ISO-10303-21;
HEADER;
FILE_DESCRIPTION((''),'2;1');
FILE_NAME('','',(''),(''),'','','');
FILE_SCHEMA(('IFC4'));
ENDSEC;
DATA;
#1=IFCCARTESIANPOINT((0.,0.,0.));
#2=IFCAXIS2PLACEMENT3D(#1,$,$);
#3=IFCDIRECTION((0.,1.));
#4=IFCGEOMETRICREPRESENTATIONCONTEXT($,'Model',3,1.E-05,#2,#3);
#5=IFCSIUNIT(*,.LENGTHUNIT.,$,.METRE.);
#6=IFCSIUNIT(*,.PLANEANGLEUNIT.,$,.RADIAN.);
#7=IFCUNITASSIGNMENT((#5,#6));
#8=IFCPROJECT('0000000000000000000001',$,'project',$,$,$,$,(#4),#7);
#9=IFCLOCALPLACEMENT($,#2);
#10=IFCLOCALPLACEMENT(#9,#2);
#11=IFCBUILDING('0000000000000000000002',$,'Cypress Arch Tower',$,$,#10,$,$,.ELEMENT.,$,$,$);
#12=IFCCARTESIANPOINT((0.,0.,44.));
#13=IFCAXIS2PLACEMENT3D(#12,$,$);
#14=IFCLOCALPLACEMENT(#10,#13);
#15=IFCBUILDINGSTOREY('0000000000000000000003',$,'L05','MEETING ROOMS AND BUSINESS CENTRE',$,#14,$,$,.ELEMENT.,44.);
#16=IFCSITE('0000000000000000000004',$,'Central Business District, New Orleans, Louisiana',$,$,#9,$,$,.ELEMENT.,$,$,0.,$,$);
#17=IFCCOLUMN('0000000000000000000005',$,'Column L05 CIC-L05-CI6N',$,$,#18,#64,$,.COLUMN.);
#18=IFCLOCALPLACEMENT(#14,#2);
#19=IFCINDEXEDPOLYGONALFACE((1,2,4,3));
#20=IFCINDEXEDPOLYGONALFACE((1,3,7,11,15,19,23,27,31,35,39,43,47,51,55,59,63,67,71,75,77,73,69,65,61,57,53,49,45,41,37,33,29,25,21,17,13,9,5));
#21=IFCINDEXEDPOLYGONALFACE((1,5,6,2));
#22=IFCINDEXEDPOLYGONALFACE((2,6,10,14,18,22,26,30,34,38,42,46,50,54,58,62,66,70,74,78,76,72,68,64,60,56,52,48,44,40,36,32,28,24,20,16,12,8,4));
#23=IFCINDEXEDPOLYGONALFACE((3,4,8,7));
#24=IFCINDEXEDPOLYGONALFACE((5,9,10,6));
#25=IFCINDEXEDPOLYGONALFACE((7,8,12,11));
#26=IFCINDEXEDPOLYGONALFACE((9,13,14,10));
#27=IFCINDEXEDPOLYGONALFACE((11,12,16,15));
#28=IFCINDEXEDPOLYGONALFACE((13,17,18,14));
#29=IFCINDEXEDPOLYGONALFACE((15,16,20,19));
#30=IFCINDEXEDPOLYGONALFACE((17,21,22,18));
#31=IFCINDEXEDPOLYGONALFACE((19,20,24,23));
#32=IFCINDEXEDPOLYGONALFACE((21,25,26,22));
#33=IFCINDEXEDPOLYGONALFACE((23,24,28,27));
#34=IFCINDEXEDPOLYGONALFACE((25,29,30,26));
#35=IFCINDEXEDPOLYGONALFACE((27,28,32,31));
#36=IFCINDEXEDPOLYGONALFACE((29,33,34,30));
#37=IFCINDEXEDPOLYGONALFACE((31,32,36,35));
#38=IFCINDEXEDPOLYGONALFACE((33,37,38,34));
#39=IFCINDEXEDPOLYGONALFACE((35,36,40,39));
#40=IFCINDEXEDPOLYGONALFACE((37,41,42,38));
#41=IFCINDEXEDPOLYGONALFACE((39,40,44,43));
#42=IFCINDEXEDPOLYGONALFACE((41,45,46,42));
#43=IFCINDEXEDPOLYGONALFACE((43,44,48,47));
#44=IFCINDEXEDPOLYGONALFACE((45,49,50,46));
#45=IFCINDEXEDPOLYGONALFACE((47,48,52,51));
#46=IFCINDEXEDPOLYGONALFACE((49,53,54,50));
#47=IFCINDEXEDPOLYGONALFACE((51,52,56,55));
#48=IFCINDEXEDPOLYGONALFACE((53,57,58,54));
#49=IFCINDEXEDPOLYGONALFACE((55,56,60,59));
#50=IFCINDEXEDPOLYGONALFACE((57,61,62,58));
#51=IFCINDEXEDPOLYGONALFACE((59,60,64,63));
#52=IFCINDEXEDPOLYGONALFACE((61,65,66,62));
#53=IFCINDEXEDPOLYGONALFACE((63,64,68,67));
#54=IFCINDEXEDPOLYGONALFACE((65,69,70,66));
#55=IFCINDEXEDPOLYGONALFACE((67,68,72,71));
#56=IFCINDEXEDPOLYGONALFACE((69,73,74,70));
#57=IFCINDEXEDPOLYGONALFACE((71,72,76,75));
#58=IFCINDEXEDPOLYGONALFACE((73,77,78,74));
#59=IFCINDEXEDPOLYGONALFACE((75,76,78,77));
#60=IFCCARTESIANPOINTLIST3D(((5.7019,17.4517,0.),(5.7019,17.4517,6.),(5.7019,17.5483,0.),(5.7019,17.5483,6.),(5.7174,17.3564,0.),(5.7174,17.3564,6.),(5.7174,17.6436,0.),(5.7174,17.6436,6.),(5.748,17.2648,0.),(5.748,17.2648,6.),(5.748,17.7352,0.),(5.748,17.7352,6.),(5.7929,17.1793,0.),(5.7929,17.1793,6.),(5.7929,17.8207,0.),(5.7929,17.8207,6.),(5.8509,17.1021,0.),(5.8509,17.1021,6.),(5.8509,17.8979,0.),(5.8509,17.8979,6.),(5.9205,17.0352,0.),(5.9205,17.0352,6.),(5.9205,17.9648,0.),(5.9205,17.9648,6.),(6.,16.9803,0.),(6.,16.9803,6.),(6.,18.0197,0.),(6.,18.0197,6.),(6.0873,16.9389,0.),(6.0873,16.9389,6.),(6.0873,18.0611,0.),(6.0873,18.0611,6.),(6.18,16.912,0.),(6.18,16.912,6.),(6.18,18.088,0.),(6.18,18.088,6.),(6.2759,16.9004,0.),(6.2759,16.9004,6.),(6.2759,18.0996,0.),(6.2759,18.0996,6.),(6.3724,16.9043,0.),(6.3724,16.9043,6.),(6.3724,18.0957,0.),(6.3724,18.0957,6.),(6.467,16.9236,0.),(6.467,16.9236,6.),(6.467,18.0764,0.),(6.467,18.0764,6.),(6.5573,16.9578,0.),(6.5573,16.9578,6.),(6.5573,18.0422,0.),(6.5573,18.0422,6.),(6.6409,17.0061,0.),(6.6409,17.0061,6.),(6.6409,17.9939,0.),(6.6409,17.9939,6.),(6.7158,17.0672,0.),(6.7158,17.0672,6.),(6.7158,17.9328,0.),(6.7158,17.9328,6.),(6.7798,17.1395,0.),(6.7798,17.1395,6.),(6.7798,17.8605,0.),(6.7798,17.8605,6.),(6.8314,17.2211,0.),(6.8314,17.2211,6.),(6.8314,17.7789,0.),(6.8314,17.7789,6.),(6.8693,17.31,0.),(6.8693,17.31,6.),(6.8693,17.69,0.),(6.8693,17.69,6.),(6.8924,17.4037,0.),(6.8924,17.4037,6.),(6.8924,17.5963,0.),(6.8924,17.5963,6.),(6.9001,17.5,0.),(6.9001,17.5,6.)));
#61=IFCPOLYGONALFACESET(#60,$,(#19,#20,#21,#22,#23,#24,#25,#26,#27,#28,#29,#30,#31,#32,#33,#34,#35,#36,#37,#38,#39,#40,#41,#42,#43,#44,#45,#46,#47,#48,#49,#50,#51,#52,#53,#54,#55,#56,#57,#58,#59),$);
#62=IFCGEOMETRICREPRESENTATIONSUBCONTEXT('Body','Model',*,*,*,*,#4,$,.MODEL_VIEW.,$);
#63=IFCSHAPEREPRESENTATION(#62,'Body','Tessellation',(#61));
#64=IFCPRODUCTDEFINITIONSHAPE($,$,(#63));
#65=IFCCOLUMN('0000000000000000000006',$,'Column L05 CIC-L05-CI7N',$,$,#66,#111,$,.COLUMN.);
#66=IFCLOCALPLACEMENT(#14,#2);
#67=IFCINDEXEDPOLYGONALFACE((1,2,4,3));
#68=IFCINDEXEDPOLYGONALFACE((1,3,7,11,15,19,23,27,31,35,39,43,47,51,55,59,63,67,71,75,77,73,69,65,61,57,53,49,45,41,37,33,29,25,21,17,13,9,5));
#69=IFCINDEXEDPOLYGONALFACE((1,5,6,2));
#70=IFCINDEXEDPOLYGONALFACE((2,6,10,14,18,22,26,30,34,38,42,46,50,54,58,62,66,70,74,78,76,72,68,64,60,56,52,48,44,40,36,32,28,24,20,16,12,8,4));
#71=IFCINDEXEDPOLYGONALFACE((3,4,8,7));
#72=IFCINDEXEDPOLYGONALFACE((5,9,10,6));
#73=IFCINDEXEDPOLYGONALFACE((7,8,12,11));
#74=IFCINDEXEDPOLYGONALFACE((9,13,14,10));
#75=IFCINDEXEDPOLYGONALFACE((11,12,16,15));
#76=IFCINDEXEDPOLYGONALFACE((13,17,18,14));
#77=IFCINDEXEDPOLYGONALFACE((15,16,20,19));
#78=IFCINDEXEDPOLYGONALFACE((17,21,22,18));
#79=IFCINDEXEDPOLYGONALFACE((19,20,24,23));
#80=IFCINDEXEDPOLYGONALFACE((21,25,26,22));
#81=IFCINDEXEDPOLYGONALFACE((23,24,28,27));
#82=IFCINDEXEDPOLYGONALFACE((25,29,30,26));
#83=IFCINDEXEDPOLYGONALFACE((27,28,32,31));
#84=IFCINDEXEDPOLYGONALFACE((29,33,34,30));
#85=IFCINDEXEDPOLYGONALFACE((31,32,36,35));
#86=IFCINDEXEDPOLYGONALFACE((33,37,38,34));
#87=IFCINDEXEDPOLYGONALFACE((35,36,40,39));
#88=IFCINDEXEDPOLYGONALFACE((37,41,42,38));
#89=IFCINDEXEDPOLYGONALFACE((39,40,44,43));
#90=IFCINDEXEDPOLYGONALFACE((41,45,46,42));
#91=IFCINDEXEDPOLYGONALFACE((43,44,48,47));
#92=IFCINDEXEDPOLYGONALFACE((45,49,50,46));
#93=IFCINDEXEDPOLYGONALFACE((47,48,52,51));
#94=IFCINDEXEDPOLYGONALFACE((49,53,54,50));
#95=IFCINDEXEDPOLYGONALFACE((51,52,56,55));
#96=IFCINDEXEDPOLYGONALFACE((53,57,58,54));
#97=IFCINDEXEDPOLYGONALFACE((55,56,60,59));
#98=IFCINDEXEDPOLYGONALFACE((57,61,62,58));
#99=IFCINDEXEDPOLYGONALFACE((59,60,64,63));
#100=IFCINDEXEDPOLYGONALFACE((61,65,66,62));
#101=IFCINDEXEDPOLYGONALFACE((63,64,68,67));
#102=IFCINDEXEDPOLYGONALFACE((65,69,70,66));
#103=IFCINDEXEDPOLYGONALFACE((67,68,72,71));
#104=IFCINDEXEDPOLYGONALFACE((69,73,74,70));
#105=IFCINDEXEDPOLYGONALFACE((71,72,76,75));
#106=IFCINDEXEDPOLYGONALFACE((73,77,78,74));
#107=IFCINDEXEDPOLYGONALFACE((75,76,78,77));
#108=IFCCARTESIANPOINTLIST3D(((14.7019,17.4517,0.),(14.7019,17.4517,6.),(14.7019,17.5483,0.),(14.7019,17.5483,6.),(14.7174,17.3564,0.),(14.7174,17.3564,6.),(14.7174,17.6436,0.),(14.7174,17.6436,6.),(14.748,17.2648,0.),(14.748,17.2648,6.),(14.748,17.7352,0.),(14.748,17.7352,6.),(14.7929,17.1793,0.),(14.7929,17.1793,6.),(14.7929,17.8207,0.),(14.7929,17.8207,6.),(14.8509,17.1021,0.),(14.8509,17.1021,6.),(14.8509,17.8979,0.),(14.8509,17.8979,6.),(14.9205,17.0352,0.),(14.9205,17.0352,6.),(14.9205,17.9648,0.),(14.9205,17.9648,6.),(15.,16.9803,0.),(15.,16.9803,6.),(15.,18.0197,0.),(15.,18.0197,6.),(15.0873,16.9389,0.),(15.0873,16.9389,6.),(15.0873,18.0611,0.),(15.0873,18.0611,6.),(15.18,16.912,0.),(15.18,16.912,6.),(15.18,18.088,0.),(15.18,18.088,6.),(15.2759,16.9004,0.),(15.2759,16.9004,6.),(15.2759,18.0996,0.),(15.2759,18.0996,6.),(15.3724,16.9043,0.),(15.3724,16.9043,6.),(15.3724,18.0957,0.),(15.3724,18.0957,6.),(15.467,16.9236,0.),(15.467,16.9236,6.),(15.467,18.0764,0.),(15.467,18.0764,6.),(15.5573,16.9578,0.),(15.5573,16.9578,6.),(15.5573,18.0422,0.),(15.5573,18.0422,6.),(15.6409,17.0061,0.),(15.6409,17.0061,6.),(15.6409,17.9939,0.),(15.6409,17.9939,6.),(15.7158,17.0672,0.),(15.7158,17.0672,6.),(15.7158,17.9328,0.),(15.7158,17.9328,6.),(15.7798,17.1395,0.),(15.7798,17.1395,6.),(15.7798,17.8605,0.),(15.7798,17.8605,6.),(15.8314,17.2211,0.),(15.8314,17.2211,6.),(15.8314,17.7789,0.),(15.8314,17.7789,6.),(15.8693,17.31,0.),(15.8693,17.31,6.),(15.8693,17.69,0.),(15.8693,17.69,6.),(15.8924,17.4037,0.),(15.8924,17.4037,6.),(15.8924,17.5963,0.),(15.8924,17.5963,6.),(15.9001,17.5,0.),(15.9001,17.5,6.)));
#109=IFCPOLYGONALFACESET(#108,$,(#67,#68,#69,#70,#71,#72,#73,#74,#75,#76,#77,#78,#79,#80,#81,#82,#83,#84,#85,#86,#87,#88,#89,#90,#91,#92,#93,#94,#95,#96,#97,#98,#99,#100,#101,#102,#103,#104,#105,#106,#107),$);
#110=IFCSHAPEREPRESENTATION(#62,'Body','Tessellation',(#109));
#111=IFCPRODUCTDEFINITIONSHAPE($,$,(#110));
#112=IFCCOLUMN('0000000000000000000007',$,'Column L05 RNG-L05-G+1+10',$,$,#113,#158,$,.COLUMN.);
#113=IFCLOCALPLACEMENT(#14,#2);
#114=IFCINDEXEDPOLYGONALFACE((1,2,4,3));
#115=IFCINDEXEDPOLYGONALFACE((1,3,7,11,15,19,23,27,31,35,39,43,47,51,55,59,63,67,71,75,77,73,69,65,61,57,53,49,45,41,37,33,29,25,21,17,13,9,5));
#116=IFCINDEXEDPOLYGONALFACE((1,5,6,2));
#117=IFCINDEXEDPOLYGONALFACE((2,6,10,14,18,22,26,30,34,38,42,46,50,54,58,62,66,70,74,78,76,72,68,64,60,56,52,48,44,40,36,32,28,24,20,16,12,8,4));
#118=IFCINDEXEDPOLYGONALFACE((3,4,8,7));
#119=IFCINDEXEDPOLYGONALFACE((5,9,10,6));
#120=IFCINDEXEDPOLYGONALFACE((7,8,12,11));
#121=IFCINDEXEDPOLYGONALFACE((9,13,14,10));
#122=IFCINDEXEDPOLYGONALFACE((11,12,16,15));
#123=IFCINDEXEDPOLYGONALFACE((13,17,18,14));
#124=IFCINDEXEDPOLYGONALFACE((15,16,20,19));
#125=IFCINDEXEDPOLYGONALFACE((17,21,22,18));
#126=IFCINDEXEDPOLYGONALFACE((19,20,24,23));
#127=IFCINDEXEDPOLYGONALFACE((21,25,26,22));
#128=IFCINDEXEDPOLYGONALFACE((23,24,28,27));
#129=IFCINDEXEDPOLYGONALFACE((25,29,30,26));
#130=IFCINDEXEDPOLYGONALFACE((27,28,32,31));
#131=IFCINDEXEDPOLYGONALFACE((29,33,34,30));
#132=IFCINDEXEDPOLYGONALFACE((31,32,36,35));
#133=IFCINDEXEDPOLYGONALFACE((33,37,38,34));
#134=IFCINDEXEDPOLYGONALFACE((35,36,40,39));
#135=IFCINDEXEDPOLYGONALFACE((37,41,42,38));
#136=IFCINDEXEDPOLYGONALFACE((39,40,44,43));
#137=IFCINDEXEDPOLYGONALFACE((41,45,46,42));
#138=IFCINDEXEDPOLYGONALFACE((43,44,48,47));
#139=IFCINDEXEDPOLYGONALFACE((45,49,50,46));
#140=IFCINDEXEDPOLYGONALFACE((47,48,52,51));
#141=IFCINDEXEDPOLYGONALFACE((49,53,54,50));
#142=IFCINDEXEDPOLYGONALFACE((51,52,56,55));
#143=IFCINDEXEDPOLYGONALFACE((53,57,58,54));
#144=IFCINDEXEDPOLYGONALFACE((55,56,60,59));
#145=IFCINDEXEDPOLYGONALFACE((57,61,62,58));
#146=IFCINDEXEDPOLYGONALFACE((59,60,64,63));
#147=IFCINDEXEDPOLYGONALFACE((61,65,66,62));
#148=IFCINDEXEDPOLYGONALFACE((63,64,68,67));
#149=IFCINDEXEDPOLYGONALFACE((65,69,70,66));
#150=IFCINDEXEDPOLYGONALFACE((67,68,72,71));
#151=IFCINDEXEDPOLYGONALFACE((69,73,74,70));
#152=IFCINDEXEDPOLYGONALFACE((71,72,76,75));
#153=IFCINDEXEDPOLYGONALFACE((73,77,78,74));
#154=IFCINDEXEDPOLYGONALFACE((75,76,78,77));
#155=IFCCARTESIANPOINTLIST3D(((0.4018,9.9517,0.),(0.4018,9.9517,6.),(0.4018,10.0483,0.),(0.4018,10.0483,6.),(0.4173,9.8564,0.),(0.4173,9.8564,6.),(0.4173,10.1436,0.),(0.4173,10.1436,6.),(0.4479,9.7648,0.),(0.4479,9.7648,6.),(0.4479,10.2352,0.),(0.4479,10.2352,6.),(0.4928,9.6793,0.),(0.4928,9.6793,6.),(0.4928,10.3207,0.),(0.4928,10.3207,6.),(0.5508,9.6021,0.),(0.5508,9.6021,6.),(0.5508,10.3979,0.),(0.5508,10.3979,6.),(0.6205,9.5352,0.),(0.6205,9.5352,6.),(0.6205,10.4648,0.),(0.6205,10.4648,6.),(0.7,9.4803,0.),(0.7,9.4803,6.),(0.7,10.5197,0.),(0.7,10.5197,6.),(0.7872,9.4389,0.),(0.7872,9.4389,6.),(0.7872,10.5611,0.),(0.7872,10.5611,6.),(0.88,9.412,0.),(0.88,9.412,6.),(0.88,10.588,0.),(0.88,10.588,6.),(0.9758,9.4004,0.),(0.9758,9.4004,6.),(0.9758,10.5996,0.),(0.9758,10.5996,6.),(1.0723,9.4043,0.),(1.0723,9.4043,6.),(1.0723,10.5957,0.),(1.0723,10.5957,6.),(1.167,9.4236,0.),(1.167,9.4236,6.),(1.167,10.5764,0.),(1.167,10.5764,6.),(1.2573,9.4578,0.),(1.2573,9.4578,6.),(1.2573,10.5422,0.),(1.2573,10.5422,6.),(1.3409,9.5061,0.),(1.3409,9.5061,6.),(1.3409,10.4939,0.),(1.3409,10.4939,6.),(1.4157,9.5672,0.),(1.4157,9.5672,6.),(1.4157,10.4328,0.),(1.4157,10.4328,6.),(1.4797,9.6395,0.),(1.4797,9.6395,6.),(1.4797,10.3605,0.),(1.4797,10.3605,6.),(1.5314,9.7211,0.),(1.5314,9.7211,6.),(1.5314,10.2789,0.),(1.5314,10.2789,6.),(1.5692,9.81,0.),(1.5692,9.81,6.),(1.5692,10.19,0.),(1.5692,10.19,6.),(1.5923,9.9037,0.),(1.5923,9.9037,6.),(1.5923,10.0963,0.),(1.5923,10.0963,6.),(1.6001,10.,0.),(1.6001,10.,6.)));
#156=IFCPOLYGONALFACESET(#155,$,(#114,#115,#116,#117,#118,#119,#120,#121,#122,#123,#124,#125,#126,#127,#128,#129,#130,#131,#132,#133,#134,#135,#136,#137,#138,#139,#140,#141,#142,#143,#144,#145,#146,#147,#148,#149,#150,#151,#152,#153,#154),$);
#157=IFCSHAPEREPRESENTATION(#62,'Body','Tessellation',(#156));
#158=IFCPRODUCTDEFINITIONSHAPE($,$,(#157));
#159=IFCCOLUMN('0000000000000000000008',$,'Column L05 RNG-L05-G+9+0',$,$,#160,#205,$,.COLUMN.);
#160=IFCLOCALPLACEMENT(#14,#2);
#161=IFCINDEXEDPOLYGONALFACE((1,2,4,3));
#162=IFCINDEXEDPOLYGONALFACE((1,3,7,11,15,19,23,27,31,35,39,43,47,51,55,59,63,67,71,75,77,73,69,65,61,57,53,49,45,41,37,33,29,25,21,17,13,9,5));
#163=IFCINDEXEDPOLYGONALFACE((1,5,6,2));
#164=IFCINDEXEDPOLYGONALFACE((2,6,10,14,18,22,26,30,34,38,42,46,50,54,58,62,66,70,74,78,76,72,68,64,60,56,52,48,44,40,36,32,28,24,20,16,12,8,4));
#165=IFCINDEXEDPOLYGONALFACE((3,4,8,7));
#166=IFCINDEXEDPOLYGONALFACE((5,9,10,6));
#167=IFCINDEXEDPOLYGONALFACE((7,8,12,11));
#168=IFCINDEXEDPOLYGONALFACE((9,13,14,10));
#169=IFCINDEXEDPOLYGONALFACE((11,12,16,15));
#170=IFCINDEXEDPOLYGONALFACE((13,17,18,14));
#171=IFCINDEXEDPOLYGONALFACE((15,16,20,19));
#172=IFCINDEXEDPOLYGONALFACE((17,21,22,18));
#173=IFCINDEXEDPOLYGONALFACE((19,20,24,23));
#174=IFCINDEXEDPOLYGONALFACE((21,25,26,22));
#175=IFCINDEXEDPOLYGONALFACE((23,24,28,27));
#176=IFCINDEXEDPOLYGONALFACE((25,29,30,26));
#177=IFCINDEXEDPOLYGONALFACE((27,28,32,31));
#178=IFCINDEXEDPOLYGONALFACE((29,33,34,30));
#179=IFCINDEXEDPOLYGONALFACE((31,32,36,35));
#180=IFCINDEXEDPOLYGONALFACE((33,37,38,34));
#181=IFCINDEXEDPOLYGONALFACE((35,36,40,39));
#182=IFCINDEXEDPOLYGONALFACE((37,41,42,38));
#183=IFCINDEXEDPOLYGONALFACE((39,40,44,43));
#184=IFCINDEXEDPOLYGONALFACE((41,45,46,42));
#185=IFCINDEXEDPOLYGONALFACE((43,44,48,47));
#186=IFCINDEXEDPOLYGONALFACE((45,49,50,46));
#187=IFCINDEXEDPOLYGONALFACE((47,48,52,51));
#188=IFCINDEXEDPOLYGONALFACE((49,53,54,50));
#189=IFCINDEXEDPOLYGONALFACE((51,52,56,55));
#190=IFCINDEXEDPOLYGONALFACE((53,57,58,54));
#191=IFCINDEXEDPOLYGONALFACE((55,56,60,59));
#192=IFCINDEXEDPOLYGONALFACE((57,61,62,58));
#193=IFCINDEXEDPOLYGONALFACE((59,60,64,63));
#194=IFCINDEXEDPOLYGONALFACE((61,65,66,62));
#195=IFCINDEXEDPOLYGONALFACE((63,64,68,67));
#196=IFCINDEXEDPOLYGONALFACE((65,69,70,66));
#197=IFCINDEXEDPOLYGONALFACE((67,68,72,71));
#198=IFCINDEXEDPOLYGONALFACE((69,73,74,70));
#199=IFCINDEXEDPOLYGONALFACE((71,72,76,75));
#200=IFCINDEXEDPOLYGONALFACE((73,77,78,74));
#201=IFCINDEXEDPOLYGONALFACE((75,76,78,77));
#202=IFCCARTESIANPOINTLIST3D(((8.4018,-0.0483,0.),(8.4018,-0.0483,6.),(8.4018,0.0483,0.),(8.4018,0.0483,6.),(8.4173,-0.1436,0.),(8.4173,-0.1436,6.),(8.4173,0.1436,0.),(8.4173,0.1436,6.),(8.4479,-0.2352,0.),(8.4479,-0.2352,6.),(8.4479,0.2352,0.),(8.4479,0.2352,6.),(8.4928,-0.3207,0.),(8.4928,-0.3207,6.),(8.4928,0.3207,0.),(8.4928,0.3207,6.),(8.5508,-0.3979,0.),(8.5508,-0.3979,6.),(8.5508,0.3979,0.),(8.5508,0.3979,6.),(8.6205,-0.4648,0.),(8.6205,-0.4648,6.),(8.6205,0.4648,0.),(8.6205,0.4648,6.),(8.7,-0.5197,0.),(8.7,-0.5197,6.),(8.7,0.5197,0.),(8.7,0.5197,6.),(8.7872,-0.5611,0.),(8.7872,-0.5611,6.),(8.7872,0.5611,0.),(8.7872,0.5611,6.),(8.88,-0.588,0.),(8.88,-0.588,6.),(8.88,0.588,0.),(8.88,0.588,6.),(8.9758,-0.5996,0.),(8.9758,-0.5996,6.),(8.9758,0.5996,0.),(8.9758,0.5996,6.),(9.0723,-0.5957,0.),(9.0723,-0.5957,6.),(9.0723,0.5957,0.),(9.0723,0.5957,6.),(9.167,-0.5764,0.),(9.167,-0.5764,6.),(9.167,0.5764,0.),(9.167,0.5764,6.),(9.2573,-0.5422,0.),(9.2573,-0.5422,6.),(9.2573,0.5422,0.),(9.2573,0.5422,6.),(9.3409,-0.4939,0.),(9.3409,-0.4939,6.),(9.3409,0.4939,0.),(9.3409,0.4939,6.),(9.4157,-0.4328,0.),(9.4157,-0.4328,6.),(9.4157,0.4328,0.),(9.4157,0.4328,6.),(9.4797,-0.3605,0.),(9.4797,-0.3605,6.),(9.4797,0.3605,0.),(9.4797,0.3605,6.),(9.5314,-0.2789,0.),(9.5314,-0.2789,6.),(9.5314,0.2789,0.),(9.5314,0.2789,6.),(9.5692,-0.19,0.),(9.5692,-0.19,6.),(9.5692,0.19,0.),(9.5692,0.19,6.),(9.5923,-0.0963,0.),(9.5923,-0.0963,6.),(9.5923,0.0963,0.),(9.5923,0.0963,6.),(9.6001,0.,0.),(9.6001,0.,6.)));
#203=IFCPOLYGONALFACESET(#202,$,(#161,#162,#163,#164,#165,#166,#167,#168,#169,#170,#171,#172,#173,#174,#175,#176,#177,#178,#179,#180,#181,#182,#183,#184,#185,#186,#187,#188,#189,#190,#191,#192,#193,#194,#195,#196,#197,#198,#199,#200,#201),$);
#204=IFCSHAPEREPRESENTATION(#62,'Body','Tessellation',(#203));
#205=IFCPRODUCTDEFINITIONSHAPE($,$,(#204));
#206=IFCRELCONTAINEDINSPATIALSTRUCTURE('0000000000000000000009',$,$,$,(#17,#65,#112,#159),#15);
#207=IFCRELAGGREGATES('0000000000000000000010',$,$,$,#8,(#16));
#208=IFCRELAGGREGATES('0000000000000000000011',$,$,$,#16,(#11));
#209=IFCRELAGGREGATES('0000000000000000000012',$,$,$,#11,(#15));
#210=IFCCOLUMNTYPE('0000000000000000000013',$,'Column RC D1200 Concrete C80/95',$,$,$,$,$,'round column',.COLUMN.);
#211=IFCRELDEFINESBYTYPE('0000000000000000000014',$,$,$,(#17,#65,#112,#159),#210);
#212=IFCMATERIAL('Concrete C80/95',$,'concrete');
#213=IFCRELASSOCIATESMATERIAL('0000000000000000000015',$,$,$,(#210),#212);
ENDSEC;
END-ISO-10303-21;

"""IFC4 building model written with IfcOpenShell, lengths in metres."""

from ifc_helpers import new_model, si_unit, direction, frame, origin, origin_2d, place, context, subcontext, project, spatial, circle, extrude, material, material_profile, profile_set, type_object, element, save


model = new_model("IFC4")

# Units and contexts
model_context = context("Model", 3, precision=1e-05, world=origin(), true_north=direction((0.0, 1.0)))
body_context = subcontext(model_context, "Body", "Model", "MODEL_VIEW")
ifc_project = project(units=[si_unit("LENGTHUNIT", "METRE"), si_unit("PLANEANGLEUNIT", "RADIAN")], contexts=[model_context])

# Site, building, storey
site_placement = place(None, origin())
site = spatial("IfcSite", under=ifc_project, at=site_placement, Name="Central Business District, New Orleans, Louisiana", CompositionType="ELEMENT", RefElevation=0.0)
building_placement = place(site_placement, origin())
building = spatial("IfcBuilding", under=site, at=building_placement, Name="Cypress Arch Tower", CompositionType="ELEMENT")
storey_placement = place(building_placement, frame((0.0, 0.0, 44.0)))
storey = spatial("IfcBuildingStorey", under=building, at=storey_placement, Name="L05", Description="MEETING ROOMS AND BUSINESS CENTRE", CompositionType="ELEMENT", Elevation=44.0)

# Columns
ifc_material_1 = material(Name="Concrete C80/95", Category="concrete")
ifc_material_profile_1 = material_profile(ifc_material_1, circle(Radius=0.6001, at=origin_2d()), Name="RC D1200")
ifc_profile_set_1 = profile_set([ifc_material_profile_1], Name="Concrete C80/95")
column_type_1 = type_object("IfcColumnType", Name="Column RC D1200 Concrete C80/95", ElementType="round column", PredefinedType="COLUMN", material=ifc_profile_set_1)
for number, where, z_axis, x_axis, name in (
    (1, (6.3, 17.5, 0.0), (0.0, 0.0, 1.0), (1.0, 0.0, 0.0), "Column L05 CIC-L05-CI6N"),
    (2, (15.3, 17.5, 0.0), (0.0, 0.0, 1.0), (1.0, 0.0, 0.0), "Column L05 CIC-L05-CI7N"),
    (3, (1.0, 10.0, 0.0), (0.0, 0.0, 1.0), (1.0, 0.0, 0.0), "Column L05 RNG-L05-G+1+10"),
    (4, (9.0, 0.0, 0.0), (0.0, 0.0, 1.0), (1.0, 0.0, 0.0), "Column L05 RNG-L05-G+9+0"),
):
    element("IfcColumn", number, at=place(storey_placement, frame(where, z_axis=z_axis, x_axis=x_axis)), inside=storey, type_object=column_type_1, Name=name, PredefinedType="COLUMN", context=body_context, shape_type="SweptSolid", body=[
        extrude(circle(Radius=0.6001, at=origin_2d()), origin(), (0.0, 0.0, 1.0), 6.0),
    ])

save(model, "model.ifc")
